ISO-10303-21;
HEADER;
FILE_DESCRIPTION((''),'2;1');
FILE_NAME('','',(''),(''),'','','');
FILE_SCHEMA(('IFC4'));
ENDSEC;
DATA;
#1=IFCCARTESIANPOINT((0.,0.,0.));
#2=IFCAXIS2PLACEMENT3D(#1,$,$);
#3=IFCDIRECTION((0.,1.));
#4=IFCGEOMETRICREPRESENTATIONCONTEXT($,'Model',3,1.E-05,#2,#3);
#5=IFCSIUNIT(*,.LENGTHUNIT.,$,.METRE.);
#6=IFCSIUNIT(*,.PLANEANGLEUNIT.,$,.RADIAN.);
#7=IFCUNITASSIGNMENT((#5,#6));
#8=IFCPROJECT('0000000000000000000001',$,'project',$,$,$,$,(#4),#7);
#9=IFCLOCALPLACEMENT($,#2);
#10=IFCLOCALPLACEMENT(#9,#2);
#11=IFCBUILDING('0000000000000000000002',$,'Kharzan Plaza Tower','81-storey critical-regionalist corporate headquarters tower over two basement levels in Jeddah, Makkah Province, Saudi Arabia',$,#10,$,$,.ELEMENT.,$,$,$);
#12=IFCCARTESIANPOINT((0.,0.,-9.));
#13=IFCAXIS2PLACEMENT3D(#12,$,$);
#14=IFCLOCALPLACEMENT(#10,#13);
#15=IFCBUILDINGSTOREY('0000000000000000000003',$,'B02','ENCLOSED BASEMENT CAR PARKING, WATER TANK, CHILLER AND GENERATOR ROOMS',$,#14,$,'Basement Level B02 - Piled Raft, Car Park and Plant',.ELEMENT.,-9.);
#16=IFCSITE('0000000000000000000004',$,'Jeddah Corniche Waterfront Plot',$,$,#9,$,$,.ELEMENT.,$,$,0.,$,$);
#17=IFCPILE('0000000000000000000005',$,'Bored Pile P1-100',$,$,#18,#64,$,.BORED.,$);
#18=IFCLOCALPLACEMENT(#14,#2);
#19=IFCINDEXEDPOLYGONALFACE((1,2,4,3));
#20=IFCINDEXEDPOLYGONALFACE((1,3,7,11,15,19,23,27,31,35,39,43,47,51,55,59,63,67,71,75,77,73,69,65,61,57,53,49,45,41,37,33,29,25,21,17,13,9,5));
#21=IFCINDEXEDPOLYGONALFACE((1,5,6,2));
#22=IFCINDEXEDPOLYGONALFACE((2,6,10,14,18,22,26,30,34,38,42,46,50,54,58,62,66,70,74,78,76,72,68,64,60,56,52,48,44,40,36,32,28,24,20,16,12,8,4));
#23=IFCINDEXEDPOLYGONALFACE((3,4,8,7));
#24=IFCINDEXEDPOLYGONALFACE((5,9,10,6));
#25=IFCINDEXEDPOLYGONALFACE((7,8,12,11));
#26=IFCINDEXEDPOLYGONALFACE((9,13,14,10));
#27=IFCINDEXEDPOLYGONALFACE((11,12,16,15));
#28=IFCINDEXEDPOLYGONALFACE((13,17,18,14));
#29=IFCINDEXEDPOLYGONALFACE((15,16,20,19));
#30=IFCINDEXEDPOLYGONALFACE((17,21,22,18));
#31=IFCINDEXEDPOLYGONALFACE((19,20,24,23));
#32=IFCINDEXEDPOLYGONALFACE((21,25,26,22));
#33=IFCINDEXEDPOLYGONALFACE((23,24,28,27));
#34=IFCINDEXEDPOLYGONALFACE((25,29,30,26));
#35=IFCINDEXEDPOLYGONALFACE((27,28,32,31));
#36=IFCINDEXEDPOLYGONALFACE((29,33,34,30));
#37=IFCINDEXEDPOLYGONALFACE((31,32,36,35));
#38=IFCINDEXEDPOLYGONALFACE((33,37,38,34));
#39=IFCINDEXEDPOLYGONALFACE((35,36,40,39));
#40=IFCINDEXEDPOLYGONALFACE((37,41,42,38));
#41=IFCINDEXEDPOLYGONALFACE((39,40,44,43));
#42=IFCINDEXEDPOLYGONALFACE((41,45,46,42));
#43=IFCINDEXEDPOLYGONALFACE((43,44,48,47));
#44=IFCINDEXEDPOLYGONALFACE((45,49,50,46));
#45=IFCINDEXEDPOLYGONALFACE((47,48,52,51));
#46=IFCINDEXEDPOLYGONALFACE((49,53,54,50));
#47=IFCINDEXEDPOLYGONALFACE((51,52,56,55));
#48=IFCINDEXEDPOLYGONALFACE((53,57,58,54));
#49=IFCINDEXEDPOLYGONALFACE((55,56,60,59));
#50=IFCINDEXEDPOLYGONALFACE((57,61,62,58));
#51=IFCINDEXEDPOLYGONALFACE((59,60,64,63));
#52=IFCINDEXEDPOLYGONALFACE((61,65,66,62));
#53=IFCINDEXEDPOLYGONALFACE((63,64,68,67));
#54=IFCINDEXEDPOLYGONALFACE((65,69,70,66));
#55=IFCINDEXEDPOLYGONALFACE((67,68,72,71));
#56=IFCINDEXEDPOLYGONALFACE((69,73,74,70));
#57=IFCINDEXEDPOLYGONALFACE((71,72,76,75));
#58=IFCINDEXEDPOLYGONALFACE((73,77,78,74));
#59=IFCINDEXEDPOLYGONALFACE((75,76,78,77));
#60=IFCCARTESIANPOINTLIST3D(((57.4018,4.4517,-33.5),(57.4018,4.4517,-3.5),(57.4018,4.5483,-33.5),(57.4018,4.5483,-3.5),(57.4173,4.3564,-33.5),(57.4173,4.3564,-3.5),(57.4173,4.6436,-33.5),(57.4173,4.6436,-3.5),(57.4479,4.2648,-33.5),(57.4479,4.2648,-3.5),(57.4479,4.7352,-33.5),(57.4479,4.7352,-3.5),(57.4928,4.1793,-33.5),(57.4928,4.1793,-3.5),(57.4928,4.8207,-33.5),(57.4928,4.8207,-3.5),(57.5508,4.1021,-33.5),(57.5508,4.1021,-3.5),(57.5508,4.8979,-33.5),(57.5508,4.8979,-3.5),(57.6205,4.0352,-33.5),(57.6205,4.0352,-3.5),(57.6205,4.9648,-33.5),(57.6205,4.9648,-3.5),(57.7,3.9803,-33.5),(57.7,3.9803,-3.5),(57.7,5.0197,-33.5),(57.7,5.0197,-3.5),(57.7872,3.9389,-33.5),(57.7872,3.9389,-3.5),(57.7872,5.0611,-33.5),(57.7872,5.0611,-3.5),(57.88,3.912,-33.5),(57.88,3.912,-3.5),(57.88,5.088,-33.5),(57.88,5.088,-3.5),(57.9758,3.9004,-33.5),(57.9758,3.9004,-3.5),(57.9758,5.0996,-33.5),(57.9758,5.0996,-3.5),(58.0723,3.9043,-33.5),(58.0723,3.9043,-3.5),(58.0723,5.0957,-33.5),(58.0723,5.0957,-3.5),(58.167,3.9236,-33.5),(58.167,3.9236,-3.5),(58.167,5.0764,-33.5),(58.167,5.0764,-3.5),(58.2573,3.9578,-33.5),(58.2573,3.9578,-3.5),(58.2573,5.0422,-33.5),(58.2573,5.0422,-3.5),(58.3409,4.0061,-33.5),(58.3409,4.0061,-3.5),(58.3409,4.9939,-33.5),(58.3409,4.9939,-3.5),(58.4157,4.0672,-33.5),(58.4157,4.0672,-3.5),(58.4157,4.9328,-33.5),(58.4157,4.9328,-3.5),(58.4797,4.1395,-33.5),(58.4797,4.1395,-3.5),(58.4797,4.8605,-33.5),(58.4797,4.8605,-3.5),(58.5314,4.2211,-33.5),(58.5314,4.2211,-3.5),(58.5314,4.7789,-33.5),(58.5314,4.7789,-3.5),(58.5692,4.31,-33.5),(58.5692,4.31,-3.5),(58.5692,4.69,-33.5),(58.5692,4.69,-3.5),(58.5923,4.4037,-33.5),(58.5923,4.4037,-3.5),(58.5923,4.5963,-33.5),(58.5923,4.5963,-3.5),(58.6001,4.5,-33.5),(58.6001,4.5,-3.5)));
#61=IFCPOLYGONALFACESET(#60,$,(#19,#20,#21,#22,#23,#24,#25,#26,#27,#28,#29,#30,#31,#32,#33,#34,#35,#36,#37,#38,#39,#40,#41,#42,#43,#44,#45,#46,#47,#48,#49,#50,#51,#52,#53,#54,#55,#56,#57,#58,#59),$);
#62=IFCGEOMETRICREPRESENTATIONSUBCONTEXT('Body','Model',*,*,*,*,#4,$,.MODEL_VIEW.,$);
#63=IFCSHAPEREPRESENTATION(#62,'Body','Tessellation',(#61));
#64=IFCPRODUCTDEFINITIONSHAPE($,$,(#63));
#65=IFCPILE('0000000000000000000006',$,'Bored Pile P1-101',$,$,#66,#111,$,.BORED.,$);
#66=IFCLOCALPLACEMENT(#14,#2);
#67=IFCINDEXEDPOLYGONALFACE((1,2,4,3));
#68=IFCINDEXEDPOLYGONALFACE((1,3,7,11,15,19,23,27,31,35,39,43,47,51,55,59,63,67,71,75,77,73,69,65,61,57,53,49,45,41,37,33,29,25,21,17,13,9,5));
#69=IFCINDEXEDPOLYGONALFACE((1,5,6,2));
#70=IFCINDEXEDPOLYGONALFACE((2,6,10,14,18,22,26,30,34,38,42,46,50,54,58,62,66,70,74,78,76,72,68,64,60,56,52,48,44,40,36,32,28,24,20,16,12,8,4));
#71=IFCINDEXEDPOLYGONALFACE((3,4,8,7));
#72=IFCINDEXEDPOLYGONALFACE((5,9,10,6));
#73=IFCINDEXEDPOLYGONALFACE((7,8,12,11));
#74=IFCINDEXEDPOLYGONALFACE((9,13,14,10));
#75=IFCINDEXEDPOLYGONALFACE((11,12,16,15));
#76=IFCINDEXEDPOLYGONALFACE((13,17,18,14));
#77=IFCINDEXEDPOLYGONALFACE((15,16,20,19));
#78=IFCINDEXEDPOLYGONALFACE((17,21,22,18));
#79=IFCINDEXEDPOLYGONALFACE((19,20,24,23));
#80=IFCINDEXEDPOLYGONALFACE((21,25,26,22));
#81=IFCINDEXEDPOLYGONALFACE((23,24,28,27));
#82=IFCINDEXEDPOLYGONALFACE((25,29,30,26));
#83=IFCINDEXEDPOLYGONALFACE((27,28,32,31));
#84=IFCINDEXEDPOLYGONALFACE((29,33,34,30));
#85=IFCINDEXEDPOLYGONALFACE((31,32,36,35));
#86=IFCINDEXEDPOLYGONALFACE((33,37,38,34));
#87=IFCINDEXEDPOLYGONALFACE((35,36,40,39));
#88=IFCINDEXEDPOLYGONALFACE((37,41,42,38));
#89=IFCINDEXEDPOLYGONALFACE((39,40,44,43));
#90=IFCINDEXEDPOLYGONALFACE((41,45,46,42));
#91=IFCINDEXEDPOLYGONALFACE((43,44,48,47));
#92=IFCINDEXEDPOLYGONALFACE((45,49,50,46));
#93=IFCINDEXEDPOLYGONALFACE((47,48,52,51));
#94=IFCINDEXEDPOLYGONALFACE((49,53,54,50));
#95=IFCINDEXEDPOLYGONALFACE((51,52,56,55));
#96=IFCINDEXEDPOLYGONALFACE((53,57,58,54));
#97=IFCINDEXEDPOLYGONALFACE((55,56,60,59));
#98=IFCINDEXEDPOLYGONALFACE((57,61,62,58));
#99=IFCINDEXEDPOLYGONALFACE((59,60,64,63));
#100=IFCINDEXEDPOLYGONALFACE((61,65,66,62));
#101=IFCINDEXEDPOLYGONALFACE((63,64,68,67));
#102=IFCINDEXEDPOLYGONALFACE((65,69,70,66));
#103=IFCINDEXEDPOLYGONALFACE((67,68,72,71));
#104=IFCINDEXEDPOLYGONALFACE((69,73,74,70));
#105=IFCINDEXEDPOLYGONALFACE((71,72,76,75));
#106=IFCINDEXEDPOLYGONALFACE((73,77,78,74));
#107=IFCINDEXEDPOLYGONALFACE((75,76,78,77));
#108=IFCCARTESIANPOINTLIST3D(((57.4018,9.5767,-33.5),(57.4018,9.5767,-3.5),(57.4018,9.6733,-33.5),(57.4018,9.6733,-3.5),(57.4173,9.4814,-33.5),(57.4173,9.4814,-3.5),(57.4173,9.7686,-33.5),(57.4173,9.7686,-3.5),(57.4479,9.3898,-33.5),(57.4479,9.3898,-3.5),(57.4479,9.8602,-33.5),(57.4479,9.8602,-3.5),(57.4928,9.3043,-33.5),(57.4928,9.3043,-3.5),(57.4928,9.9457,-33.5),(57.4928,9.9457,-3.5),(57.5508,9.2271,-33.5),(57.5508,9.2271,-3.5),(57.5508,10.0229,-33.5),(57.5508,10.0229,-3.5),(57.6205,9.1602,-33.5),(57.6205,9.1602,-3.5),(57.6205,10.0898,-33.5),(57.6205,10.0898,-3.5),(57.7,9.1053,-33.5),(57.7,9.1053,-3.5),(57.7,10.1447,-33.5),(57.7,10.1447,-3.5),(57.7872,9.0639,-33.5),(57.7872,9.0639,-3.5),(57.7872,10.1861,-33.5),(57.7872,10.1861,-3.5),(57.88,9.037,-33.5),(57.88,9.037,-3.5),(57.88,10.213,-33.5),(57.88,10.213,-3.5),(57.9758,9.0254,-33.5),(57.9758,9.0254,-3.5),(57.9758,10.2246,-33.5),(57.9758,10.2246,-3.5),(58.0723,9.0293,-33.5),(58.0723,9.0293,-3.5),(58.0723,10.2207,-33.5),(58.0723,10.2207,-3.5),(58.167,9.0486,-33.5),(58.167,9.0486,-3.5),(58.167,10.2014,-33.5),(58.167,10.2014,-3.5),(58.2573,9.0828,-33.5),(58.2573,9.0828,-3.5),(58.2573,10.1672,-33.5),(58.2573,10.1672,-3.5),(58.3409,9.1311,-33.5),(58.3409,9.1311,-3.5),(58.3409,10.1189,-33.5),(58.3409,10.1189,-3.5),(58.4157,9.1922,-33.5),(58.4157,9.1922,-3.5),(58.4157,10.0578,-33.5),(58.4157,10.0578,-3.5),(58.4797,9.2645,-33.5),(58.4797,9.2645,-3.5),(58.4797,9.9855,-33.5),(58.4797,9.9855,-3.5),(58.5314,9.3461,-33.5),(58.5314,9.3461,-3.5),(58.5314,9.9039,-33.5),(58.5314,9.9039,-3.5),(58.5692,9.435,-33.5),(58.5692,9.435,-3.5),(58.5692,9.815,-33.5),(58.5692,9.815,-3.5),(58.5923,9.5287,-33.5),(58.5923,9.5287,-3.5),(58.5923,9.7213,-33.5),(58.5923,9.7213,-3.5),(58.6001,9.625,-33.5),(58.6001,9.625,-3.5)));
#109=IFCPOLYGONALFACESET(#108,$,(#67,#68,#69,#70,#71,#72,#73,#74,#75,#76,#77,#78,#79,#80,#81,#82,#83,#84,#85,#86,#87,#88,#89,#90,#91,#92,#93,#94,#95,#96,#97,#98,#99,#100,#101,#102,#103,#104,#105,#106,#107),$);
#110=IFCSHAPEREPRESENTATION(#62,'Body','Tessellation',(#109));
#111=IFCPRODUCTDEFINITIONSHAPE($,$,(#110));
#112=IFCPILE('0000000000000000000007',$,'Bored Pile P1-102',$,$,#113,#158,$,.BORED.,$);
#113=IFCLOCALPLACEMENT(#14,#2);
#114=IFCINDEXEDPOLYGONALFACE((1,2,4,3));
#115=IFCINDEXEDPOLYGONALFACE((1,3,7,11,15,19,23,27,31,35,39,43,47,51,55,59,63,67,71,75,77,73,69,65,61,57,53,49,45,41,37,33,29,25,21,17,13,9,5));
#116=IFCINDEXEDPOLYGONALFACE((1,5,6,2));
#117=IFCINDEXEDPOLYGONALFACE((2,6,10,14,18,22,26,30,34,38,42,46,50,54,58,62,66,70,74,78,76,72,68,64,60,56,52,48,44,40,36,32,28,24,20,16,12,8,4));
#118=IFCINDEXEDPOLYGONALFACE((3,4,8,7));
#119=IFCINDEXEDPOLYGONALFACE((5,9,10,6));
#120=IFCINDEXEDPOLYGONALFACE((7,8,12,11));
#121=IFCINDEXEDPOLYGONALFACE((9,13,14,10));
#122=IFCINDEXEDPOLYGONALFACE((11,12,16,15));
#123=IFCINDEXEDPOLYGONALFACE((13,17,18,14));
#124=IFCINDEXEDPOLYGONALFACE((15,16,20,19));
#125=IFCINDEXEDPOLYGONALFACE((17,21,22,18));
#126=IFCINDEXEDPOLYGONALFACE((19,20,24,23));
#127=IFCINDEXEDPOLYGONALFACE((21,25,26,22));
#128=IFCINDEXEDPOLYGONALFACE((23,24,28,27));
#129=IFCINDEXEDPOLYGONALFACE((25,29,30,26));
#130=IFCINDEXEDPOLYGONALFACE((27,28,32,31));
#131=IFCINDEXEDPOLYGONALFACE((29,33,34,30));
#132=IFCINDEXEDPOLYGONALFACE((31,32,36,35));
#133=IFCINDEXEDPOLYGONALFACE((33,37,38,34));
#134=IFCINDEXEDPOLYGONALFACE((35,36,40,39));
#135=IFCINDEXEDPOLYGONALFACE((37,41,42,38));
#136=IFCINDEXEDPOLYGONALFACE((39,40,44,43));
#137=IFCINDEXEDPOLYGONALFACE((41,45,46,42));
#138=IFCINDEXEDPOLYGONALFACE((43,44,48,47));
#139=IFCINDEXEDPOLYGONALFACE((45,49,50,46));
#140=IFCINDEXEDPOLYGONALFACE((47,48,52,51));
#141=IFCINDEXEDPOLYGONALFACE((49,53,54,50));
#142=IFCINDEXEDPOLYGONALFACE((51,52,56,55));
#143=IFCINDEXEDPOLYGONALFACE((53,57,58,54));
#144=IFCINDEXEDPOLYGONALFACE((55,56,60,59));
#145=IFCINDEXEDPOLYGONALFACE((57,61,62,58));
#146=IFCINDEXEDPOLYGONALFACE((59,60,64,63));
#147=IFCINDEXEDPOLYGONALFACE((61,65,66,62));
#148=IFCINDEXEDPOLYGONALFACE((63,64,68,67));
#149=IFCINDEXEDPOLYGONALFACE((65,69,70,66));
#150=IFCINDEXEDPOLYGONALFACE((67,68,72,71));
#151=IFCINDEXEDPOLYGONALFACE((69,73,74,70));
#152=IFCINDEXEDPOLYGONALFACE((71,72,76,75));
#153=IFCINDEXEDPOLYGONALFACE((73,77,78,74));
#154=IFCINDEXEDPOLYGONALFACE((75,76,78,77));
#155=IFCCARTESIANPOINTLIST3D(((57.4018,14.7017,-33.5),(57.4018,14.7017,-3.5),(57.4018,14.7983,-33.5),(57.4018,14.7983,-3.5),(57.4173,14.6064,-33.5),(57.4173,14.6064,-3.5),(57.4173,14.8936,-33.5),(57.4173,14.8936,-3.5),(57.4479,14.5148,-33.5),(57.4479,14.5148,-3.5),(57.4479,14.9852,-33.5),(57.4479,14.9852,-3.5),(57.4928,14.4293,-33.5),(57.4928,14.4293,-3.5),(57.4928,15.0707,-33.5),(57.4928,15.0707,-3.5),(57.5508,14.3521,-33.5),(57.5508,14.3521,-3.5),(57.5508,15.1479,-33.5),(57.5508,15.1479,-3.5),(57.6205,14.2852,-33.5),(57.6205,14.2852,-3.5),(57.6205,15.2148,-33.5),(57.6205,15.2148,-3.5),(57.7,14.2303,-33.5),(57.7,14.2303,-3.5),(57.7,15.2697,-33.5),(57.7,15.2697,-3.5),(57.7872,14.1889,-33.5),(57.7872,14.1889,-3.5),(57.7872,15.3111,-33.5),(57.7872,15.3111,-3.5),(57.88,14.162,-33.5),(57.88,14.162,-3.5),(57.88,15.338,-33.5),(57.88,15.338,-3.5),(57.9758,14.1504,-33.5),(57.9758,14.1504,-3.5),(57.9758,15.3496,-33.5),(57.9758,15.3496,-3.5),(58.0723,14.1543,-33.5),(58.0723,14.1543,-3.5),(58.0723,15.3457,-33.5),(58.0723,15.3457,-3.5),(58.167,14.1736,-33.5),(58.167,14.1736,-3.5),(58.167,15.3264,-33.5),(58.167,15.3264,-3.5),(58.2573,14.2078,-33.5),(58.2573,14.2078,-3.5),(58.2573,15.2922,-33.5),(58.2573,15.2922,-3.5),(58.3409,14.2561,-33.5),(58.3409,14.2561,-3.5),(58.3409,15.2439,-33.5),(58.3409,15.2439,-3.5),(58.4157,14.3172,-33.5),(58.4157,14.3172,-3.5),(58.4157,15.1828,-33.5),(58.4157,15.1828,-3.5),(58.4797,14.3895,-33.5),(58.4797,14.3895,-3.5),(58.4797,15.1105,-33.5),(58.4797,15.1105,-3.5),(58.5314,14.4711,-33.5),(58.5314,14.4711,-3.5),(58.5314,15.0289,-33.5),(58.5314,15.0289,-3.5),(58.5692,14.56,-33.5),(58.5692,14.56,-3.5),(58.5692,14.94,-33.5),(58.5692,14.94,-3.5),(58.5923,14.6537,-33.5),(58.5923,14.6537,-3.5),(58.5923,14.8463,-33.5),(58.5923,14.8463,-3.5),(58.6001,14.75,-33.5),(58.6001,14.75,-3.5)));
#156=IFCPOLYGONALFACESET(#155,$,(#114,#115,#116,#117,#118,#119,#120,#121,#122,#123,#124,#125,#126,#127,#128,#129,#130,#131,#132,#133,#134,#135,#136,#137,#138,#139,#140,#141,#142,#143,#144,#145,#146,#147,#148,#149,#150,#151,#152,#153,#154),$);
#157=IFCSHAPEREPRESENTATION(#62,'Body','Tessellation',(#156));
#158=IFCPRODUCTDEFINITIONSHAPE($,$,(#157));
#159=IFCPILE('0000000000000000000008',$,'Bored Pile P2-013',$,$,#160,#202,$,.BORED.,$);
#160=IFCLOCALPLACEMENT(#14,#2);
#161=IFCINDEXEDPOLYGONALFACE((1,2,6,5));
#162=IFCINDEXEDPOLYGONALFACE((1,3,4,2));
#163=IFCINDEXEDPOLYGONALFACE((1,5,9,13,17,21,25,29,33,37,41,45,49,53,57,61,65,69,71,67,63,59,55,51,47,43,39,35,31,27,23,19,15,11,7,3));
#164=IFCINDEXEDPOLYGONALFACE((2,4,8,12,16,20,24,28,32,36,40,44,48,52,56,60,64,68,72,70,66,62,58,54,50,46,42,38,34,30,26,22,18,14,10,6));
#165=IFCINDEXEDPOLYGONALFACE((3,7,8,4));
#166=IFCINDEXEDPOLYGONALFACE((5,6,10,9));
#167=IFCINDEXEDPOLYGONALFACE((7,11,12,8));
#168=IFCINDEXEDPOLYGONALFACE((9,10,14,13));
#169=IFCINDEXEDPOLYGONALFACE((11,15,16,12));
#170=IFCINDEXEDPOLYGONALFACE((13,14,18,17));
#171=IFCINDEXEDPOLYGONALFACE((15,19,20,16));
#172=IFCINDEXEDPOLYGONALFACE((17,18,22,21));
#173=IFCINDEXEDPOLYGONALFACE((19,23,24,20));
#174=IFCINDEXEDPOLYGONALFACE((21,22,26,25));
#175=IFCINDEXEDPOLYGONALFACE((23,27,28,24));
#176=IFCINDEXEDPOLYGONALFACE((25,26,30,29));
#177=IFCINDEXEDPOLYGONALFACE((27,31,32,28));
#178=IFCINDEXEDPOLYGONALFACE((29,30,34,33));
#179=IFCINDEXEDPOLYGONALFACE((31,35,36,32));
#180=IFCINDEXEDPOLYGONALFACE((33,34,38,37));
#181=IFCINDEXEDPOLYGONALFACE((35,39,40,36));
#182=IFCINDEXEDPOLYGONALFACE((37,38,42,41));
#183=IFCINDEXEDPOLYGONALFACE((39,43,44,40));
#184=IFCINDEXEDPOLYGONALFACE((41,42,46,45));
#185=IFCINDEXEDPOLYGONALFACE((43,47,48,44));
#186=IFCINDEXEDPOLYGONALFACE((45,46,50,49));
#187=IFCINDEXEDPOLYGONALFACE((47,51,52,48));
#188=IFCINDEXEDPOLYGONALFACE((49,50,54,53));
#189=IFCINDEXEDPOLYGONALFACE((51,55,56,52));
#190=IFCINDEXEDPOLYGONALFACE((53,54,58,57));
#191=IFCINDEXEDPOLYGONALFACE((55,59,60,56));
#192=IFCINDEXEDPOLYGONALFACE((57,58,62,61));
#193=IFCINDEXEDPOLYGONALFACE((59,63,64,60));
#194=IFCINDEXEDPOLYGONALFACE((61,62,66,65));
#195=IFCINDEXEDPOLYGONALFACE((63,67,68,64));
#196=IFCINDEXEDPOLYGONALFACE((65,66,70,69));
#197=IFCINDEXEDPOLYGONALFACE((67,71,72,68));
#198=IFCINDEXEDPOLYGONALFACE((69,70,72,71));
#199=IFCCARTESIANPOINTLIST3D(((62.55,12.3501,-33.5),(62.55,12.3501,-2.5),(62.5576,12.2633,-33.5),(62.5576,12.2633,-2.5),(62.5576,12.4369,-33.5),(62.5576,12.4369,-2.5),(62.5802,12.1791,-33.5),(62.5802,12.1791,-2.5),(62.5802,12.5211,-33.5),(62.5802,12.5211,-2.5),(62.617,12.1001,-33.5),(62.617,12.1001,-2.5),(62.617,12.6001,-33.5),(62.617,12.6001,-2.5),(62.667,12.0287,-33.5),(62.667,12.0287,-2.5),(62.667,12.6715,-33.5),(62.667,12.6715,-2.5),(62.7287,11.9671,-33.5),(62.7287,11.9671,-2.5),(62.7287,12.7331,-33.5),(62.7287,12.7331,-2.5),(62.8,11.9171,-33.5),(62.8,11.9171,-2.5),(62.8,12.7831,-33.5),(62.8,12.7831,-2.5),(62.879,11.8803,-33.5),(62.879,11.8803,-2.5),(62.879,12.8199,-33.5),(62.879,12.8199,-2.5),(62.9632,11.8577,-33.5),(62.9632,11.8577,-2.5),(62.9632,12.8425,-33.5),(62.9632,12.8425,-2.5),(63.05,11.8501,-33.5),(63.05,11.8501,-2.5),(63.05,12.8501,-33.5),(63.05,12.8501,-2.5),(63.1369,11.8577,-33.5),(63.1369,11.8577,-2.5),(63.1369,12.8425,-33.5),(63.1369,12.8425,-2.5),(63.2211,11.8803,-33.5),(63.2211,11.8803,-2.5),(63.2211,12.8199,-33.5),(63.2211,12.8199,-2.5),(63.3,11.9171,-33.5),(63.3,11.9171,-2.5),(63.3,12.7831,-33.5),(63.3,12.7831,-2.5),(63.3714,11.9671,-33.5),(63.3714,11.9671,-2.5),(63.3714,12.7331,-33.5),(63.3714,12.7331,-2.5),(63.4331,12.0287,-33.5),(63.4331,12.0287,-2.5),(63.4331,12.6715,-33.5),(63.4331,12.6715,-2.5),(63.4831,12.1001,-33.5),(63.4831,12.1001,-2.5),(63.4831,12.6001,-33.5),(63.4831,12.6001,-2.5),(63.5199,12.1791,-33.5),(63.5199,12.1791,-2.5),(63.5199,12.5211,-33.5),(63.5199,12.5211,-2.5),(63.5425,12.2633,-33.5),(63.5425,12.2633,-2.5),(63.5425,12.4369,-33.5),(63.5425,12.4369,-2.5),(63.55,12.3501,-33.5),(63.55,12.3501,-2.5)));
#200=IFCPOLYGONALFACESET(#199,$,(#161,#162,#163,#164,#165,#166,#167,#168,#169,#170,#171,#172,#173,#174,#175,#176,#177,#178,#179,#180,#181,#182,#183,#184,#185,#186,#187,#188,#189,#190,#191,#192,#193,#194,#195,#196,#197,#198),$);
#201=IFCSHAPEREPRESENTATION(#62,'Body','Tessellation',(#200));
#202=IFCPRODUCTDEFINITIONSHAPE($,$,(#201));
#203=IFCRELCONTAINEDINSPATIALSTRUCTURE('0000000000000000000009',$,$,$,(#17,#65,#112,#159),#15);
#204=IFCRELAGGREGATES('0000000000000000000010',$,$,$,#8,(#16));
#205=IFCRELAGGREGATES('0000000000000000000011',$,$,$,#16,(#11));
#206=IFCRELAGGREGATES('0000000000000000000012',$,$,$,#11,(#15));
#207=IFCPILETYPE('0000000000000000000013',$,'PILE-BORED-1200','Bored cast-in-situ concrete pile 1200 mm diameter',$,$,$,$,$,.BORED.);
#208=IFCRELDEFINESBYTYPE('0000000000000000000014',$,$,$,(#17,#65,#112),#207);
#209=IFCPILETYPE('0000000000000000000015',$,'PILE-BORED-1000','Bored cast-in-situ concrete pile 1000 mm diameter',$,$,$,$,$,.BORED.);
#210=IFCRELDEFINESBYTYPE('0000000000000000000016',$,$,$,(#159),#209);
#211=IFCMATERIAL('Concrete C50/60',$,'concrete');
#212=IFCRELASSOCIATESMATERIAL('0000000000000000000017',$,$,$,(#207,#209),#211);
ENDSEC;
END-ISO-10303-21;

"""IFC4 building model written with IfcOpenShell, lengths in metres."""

from ifc_helpers import new_model, si_unit, direction, frame, origin, origin_2d, place, context, subcontext, project, spatial, circle, extrude, source, transform, mapped, material, material_profile, profile_set, type_object, element, save


model = new_model("IFC4")

# Units and contexts
model_context = context("Model", 3, precision=1e-05, world=origin(), true_north=direction((0.0, 1.0)))
body_context = subcontext(model_context, "Body", "Model", "MODEL_VIEW")
ifc_project = project(units=[si_unit("LENGTHUNIT", "METRE"), si_unit("PLANEANGLEUNIT", "RADIAN")], contexts=[model_context])

# Site, building, storey
site_placement = place(None, origin())
site = spatial("IfcSite", under=ifc_project, at=site_placement, Name="Jeddah Corniche Waterfront Plot", CompositionType="ELEMENT", RefElevation=0.0)
building_placement = place(site_placement, origin())
building = spatial("IfcBuilding", under=site, at=building_placement, Name="Kharzan Plaza Tower", Description="81-storey critical-regionalist corporate headquarters tower over two basement levels in Jeddah, Makkah Province, Saudi Arabia", CompositionType="ELEMENT")
storey_placement = place(building_placement, frame((0.0, 0.0, -9.0)))
storey = spatial("IfcBuildingStorey", under=building, at=storey_placement, Name="B02", Description="ENCLOSED BASEMENT CAR PARKING, WATER TANK, CHILLER AND GENERATOR ROOMS", LongName="Basement Level B02 - Piled Raft, Car Park and Plant", CompositionType="ELEMENT", Elevation=-9.0)

# Shared definitions
ifc_material_1 = material(Name="Concrete C50/60", Category="concrete")

# Piles
ifc_material_profile_1 = material_profile(ifc_material_1, circle(Radius=0.6001, at=origin_2d()), Name="PILE-D1200")
ifc_profile_set_1 = profile_set([ifc_material_profile_1], Name="Concrete C50/60")
pile_type_1 = type_object("IfcPileType", Name="PILE-BORED-1200", Description="Bored cast-in-situ concrete pile 1200 mm diameter", PredefinedType="BORED", material=ifc_profile_set_1)
shared_shape_1 = source(origin(), body_context, "Body", "SweptSolid", [
    extrude(circle(Radius=0.6001, at=origin_2d()), origin(), (0.0, 0.0, 1.0), 30.0),
])
for number, where, z_axis, x_axis, name in (
    (1, (58.0, 4.5, -3.5), (0.0, 0.0, -1.0), (1.0, 0.0, 0.0), "Bored Pile P1-100"),
    (2, (58.0, 9.625, -3.5), (0.0, 0.0, -1.0), (1.0, 0.0, 0.0), "Bored Pile P1-101"),
    (3, (58.0, 14.75, -3.5), (0.0, 0.0, -1.0), (1.0, 0.0, 0.0), "Bored Pile P1-102"),
):
    element("IfcPile", number, at=place(storey_placement, frame(where, z_axis=z_axis, x_axis=x_axis)), inside=storey, type_object=pile_type_1, Name=name, PredefinedType="BORED", context=body_context, shape_type="MappedRepresentation", body=[
        mapped(shared_shape_1, transform((0.0, 0.0, 0.0), x_axis=(1.0, 0.0, 0.0), y_axis=(0.0, 1.0, 0.0), z_axis=(0.0, 0.0, 1.0))),
    ])
ifc_material_profile_2 = material_profile(ifc_material_1, circle(Radius=0.5, at=origin_2d()), Name="PILE-D1000")
ifc_profile_set_2 = profile_set([ifc_material_profile_2], Name="Concrete C50/60")
pile_type_2 = type_object("IfcPileType", Name="PILE-BORED-1000", Description="Bored cast-in-situ concrete pile 1000 mm diameter", PredefinedType="BORED", material=ifc_profile_set_2)
shared_shape_2 = source(origin(), body_context, "Body", "SweptSolid", [
    extrude(circle(Radius=0.5, at=origin_2d()), origin(), (0.0, 0.0, 1.0), 31.0),
])
for number, where, z_axis, x_axis, name in (
    (4, (63.05, 12.3501, -2.5), (0.0, 0.0, -1.0), (1.0, 0.0, 0.0), "Bored Pile P2-013"),
):
    element("IfcPile", number, at=place(storey_placement, frame(where, z_axis=z_axis, x_axis=x_axis)), inside=storey, type_object=pile_type_2, Name=name, PredefinedType="BORED", context=body_context, shape_type="MappedRepresentation", body=[
        mapped(shared_shape_2, transform((0.0, 0.0, 0.0), x_axis=(1.0, 0.0, 0.0), y_axis=(0.0, 1.0, 0.0), z_axis=(0.0, 0.0, 1.0))),
    ])

save(model, "model.ifc")
